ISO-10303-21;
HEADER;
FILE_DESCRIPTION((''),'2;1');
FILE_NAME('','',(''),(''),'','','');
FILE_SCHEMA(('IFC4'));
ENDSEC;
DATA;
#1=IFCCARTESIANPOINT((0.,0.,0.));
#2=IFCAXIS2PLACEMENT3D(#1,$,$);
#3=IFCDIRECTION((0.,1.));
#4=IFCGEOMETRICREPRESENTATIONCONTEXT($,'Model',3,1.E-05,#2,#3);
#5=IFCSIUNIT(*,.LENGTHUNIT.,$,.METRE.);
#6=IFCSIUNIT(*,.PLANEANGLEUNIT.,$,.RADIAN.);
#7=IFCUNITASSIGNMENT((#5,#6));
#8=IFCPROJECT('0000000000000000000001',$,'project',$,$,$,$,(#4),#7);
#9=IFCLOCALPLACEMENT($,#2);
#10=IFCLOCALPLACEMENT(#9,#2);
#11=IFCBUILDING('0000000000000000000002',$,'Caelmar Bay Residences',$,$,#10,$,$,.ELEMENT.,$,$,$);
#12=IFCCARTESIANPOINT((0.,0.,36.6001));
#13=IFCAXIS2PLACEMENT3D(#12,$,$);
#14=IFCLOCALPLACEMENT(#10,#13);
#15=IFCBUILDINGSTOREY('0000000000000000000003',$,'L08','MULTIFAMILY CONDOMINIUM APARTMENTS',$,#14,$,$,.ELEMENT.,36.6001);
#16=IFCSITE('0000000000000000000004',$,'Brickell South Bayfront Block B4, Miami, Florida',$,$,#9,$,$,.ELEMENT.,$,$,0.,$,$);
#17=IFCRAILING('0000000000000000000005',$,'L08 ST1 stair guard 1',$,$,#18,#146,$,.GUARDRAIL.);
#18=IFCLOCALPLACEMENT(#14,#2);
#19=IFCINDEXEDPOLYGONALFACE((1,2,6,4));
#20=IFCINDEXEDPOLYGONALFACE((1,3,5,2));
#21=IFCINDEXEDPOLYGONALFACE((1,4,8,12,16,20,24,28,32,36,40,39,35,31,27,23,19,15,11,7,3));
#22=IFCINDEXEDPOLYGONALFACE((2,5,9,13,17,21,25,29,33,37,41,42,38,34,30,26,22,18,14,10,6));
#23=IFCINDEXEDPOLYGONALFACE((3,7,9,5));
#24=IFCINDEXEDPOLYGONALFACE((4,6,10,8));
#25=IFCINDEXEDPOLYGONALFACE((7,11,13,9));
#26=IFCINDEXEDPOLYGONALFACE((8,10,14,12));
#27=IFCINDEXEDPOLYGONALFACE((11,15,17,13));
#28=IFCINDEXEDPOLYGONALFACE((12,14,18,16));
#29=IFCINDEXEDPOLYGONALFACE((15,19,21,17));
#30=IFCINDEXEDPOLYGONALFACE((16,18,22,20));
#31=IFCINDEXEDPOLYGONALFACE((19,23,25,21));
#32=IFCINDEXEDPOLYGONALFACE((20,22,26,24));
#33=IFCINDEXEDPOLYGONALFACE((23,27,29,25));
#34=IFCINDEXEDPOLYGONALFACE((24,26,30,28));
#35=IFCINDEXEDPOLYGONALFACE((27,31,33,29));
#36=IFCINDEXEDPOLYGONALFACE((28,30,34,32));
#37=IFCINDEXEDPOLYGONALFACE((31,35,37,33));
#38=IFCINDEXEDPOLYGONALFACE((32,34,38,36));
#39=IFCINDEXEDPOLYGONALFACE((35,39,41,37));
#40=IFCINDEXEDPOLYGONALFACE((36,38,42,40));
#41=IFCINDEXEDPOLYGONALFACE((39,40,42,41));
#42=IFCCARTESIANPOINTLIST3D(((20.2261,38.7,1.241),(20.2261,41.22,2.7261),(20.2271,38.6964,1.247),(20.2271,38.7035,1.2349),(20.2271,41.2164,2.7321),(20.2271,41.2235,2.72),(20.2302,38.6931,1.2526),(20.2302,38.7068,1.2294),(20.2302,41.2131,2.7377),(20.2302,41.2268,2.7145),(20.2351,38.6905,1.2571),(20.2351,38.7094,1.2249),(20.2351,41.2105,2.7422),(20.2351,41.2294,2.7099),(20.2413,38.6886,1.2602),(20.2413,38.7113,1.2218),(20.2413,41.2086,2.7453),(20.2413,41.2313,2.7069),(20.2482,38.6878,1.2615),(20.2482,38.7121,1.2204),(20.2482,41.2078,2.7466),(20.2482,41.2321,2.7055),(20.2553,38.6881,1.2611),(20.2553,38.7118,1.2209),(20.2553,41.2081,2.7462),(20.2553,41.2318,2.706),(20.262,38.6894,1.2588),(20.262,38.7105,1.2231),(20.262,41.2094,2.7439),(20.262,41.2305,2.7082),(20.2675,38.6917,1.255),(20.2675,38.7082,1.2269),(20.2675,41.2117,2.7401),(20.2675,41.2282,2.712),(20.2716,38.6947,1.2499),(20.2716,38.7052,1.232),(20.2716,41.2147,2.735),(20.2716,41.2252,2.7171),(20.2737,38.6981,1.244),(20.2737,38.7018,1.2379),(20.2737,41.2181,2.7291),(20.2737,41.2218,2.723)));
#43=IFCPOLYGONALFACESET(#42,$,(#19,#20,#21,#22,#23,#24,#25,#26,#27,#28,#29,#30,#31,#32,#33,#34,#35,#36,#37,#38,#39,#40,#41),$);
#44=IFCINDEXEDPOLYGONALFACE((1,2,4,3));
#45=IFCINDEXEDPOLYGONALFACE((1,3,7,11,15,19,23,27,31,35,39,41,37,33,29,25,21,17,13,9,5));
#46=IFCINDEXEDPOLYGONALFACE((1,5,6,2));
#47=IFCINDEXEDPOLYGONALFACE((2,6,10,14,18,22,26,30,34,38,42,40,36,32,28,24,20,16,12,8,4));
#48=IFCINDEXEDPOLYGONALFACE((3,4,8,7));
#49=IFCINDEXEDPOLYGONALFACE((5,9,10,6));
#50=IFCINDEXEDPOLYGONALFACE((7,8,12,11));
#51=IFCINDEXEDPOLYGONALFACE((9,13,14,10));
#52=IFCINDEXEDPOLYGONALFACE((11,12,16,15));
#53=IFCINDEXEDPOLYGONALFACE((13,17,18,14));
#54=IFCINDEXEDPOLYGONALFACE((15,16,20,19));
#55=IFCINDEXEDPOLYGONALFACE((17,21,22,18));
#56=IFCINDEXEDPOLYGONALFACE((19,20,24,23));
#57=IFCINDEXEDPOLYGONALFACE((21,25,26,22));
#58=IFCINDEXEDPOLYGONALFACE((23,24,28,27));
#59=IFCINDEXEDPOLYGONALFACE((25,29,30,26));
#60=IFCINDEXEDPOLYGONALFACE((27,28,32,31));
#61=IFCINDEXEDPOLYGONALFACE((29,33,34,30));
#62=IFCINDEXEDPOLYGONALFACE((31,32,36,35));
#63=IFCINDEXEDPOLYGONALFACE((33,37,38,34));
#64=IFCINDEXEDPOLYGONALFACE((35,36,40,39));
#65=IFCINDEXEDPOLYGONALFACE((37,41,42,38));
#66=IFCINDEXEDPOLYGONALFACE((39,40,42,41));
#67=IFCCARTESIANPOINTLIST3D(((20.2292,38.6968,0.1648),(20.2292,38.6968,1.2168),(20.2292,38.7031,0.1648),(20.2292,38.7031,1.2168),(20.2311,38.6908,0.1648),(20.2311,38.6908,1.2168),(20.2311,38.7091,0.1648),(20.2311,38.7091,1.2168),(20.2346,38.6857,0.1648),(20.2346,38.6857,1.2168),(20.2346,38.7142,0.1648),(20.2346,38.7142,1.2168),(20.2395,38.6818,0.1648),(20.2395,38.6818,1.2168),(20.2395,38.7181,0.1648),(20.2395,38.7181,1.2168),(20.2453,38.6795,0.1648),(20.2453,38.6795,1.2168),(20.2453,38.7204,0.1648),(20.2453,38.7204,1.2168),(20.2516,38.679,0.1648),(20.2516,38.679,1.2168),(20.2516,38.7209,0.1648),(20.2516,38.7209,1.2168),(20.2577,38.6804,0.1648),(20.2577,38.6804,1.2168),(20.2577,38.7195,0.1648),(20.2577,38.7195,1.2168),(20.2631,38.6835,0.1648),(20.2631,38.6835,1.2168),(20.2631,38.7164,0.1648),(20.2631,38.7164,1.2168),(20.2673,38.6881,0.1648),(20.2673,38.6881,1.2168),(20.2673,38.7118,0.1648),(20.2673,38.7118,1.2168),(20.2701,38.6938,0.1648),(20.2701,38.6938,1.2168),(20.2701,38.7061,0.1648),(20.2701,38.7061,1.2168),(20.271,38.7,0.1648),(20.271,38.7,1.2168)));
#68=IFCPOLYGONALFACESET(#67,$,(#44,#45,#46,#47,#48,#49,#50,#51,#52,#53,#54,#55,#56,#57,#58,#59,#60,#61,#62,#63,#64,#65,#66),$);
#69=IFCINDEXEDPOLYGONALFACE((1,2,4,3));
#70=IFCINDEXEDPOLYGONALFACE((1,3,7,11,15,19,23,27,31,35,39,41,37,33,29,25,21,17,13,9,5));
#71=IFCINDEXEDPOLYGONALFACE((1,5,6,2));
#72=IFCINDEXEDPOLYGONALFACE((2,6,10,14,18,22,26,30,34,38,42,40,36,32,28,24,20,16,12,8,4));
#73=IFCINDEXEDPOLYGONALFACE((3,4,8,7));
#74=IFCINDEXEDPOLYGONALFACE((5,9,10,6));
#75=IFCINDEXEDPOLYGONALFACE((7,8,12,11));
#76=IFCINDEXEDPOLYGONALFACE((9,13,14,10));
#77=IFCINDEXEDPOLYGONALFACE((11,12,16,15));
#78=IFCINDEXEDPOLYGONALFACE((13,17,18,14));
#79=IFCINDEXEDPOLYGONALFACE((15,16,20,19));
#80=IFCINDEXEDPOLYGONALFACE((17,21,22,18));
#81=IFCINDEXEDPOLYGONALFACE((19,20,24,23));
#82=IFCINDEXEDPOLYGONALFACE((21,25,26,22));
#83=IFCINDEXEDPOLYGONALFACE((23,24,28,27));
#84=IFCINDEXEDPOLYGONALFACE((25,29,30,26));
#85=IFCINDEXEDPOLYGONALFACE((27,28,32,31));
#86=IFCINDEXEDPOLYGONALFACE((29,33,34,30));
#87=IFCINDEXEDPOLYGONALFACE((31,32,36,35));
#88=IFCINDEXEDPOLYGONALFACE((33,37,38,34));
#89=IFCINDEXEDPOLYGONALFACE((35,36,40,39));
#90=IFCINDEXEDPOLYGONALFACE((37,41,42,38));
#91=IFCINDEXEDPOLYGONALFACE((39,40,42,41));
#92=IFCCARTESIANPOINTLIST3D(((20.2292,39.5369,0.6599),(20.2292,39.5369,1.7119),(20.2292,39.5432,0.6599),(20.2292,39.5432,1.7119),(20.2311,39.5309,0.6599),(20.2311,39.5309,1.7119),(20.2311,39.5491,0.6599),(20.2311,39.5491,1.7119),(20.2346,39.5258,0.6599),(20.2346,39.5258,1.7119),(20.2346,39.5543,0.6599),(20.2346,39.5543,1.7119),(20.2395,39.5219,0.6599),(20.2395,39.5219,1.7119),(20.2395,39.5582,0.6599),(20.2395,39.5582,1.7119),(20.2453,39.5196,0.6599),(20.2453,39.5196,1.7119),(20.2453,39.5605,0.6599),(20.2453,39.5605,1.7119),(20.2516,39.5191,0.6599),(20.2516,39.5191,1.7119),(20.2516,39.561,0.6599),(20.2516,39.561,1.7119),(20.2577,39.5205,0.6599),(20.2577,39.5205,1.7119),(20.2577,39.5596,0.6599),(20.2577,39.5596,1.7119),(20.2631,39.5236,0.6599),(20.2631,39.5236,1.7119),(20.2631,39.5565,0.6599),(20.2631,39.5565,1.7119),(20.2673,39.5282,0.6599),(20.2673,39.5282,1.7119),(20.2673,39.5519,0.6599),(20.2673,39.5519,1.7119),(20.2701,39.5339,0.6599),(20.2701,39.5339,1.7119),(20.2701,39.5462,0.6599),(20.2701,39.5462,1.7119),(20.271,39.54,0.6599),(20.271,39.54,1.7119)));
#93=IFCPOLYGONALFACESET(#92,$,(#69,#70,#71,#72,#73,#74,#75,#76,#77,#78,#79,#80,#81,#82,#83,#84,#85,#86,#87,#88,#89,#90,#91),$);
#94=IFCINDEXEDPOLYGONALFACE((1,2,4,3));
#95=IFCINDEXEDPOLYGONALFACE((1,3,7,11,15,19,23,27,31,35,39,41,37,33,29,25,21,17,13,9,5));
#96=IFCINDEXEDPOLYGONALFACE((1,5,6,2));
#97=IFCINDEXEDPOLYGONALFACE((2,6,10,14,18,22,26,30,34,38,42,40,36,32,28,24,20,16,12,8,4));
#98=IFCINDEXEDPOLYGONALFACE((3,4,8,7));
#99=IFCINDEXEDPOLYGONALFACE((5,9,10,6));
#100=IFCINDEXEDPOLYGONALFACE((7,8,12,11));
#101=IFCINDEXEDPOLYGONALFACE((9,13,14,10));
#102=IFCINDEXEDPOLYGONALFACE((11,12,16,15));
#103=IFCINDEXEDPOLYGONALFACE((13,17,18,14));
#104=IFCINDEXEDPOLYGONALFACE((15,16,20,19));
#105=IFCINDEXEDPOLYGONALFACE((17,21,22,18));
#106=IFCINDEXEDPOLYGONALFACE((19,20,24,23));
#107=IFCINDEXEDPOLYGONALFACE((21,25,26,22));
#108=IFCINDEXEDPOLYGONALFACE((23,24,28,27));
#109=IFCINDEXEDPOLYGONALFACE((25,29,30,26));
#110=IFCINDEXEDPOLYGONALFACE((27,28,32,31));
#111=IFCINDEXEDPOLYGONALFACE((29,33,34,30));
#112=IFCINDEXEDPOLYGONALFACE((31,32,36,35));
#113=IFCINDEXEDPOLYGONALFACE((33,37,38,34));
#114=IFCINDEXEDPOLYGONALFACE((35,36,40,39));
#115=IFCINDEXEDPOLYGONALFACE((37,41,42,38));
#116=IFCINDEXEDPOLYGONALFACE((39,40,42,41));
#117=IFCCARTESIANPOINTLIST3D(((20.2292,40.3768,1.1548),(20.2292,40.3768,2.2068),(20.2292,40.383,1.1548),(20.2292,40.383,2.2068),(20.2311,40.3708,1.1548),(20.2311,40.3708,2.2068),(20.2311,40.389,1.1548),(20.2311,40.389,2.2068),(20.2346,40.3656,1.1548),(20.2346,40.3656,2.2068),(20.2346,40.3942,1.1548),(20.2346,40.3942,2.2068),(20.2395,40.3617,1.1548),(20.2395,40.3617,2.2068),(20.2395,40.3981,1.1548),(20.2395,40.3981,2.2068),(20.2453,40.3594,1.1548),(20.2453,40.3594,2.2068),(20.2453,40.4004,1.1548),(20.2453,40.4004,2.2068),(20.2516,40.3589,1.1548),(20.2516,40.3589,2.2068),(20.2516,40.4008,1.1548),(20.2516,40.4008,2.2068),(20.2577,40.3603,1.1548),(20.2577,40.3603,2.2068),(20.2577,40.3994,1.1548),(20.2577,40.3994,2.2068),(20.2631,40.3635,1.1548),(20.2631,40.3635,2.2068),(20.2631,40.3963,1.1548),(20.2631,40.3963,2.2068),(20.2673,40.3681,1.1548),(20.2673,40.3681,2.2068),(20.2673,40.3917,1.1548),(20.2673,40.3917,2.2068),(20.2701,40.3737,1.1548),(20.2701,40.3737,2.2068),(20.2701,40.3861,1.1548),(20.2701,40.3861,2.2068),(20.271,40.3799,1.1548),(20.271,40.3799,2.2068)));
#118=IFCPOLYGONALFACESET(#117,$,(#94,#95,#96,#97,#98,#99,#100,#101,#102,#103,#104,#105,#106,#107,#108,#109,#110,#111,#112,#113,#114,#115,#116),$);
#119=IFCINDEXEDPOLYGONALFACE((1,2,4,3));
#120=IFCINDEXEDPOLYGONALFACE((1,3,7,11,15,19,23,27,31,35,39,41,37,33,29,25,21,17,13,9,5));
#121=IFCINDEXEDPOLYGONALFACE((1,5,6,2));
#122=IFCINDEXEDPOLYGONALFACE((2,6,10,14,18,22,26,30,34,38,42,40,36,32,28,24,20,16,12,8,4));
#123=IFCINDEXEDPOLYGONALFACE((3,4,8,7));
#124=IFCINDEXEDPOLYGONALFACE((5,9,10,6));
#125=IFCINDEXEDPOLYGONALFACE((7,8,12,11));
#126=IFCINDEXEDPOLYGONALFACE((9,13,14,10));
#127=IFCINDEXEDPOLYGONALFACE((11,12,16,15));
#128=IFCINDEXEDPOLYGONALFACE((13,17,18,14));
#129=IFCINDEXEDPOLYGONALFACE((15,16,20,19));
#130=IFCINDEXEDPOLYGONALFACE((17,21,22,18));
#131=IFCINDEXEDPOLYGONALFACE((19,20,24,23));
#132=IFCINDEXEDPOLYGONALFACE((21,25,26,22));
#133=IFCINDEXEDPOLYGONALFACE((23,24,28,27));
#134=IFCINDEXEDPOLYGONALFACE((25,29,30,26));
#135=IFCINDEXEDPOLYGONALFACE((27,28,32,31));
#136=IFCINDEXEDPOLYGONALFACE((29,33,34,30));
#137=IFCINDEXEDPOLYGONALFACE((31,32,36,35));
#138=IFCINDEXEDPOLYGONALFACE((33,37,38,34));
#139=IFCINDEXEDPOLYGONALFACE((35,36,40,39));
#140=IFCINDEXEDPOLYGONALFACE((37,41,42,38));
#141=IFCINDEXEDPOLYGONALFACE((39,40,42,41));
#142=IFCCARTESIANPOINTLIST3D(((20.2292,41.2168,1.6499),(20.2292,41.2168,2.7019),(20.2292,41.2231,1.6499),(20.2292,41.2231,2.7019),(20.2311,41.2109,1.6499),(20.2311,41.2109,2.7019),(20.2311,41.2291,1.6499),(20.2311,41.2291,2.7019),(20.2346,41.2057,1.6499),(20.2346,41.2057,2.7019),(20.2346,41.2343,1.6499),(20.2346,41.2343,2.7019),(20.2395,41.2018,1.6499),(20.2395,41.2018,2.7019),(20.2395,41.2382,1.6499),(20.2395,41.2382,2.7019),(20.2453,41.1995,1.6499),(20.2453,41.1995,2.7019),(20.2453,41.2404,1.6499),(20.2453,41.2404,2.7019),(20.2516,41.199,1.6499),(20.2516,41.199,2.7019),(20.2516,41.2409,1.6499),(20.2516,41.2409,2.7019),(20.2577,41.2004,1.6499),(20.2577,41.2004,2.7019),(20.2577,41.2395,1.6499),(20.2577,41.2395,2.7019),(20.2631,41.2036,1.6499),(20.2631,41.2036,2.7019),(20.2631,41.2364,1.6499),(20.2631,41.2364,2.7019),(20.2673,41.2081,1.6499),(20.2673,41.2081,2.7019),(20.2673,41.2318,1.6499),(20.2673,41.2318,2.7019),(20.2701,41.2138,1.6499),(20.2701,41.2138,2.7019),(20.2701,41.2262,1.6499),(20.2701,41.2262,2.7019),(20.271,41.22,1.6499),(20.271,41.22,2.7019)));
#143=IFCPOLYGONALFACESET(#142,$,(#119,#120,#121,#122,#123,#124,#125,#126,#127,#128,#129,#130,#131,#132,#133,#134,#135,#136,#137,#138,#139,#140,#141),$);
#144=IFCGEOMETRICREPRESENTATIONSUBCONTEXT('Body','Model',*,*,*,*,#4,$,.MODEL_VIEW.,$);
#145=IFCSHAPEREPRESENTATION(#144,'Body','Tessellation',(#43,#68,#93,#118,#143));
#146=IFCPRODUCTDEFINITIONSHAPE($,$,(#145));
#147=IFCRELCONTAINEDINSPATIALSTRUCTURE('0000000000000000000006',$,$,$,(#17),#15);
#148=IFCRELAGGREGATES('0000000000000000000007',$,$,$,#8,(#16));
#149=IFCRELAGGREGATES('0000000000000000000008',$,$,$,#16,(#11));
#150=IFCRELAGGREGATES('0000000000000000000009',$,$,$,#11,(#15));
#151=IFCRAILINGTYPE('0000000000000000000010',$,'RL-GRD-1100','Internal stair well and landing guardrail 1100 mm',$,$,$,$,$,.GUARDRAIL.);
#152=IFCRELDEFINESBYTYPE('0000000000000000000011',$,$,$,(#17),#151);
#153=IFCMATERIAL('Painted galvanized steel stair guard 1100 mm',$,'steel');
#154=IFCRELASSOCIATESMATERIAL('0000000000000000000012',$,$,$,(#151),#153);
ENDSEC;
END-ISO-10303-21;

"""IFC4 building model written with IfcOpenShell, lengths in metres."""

from ifc_helpers import new_model, si_unit, direction, frame, origin, origin_2d, place, context, subcontext, project, spatial, circle, extrude, material, type_object, element, save


model = new_model("IFC4")

# Units and contexts
model_context = context("Model", 3, precision=1e-05, world=origin(), true_north=direction((0.0, 1.0)))
body_context = subcontext(model_context, "Body", "Model", "MODEL_VIEW")
ifc_project = project(units=[si_unit("LENGTHUNIT", "METRE"), si_unit("PLANEANGLEUNIT", "RADIAN")], contexts=[model_context])

# Site, building, storey
site_placement = place(None, origin())
site = spatial("IfcSite", under=ifc_project, at=site_placement, Name="Brickell South Bayfront Block B4, Miami, Florida", CompositionType="ELEMENT", RefElevation=0.0)
building_placement = place(site_placement, origin())
building = spatial("IfcBuilding", under=site, at=building_placement, Name="Caelmar Bay Residences", CompositionType="ELEMENT")
storey_placement = place(building_placement, frame((0.0, 0.0, 36.6001)))
storey = spatial("IfcBuildingStorey", under=building, at=storey_placement, Name="L08", Description="MULTIFAMILY CONDOMINIUM APARTMENTS", CompositionType="ELEMENT", Elevation=36.6001)

# Railing
ifc_material_1 = material(Name="Painted galvanized steel stair guard 1100 mm", Category="steel")
railing_type_1 = type_object("IfcRailingType", Name="RL-GRD-1100", Description="Internal stair well and landing guardrail 1100 mm", PredefinedType="GUARDRAIL", material=ifc_material_1)
railing_1_placement = place(storey_placement, frame((20.25, 38.7, 0.1648)))
element("IfcRailing", 1, at=railing_1_placement, inside=storey, type_object=railing_type_1, Name="L08 ST1 stair guard 1", PredefinedType="GUARDRAIL", context=body_context, shape_type="SweptSolid", body=[
    extrude(circle(Radius=0.0239, at=origin_2d()), frame((0.0, 0.0, 1.0762), z_axis=(0.0, 0.861524, 0.507717), x_axis=(-1.0, 0.0, 0.0)), (0.0, 0.0, 1.0), 2.925),
    extrude(circle(Radius=0.021, at=origin_2d()), origin(), (0.0, 0.0, 1.0), 1.052),
    extrude(circle(Radius=0.021, at=origin_2d()), frame((0.0, 0.8401, 0.4951)), (0.0, 0.0, 1.0), 1.052),
    extrude(circle(Radius=0.021, at=origin_2d()), frame((0.0, 1.6799, 0.99)), (0.0, 0.0, 1.0), 1.052),
    extrude(circle(Radius=0.021, at=origin_2d()), frame((0.0, 2.52, 1.4851)), (0.0, 0.0, 1.0), 1.052),
])

save(model, "model.ifc")
